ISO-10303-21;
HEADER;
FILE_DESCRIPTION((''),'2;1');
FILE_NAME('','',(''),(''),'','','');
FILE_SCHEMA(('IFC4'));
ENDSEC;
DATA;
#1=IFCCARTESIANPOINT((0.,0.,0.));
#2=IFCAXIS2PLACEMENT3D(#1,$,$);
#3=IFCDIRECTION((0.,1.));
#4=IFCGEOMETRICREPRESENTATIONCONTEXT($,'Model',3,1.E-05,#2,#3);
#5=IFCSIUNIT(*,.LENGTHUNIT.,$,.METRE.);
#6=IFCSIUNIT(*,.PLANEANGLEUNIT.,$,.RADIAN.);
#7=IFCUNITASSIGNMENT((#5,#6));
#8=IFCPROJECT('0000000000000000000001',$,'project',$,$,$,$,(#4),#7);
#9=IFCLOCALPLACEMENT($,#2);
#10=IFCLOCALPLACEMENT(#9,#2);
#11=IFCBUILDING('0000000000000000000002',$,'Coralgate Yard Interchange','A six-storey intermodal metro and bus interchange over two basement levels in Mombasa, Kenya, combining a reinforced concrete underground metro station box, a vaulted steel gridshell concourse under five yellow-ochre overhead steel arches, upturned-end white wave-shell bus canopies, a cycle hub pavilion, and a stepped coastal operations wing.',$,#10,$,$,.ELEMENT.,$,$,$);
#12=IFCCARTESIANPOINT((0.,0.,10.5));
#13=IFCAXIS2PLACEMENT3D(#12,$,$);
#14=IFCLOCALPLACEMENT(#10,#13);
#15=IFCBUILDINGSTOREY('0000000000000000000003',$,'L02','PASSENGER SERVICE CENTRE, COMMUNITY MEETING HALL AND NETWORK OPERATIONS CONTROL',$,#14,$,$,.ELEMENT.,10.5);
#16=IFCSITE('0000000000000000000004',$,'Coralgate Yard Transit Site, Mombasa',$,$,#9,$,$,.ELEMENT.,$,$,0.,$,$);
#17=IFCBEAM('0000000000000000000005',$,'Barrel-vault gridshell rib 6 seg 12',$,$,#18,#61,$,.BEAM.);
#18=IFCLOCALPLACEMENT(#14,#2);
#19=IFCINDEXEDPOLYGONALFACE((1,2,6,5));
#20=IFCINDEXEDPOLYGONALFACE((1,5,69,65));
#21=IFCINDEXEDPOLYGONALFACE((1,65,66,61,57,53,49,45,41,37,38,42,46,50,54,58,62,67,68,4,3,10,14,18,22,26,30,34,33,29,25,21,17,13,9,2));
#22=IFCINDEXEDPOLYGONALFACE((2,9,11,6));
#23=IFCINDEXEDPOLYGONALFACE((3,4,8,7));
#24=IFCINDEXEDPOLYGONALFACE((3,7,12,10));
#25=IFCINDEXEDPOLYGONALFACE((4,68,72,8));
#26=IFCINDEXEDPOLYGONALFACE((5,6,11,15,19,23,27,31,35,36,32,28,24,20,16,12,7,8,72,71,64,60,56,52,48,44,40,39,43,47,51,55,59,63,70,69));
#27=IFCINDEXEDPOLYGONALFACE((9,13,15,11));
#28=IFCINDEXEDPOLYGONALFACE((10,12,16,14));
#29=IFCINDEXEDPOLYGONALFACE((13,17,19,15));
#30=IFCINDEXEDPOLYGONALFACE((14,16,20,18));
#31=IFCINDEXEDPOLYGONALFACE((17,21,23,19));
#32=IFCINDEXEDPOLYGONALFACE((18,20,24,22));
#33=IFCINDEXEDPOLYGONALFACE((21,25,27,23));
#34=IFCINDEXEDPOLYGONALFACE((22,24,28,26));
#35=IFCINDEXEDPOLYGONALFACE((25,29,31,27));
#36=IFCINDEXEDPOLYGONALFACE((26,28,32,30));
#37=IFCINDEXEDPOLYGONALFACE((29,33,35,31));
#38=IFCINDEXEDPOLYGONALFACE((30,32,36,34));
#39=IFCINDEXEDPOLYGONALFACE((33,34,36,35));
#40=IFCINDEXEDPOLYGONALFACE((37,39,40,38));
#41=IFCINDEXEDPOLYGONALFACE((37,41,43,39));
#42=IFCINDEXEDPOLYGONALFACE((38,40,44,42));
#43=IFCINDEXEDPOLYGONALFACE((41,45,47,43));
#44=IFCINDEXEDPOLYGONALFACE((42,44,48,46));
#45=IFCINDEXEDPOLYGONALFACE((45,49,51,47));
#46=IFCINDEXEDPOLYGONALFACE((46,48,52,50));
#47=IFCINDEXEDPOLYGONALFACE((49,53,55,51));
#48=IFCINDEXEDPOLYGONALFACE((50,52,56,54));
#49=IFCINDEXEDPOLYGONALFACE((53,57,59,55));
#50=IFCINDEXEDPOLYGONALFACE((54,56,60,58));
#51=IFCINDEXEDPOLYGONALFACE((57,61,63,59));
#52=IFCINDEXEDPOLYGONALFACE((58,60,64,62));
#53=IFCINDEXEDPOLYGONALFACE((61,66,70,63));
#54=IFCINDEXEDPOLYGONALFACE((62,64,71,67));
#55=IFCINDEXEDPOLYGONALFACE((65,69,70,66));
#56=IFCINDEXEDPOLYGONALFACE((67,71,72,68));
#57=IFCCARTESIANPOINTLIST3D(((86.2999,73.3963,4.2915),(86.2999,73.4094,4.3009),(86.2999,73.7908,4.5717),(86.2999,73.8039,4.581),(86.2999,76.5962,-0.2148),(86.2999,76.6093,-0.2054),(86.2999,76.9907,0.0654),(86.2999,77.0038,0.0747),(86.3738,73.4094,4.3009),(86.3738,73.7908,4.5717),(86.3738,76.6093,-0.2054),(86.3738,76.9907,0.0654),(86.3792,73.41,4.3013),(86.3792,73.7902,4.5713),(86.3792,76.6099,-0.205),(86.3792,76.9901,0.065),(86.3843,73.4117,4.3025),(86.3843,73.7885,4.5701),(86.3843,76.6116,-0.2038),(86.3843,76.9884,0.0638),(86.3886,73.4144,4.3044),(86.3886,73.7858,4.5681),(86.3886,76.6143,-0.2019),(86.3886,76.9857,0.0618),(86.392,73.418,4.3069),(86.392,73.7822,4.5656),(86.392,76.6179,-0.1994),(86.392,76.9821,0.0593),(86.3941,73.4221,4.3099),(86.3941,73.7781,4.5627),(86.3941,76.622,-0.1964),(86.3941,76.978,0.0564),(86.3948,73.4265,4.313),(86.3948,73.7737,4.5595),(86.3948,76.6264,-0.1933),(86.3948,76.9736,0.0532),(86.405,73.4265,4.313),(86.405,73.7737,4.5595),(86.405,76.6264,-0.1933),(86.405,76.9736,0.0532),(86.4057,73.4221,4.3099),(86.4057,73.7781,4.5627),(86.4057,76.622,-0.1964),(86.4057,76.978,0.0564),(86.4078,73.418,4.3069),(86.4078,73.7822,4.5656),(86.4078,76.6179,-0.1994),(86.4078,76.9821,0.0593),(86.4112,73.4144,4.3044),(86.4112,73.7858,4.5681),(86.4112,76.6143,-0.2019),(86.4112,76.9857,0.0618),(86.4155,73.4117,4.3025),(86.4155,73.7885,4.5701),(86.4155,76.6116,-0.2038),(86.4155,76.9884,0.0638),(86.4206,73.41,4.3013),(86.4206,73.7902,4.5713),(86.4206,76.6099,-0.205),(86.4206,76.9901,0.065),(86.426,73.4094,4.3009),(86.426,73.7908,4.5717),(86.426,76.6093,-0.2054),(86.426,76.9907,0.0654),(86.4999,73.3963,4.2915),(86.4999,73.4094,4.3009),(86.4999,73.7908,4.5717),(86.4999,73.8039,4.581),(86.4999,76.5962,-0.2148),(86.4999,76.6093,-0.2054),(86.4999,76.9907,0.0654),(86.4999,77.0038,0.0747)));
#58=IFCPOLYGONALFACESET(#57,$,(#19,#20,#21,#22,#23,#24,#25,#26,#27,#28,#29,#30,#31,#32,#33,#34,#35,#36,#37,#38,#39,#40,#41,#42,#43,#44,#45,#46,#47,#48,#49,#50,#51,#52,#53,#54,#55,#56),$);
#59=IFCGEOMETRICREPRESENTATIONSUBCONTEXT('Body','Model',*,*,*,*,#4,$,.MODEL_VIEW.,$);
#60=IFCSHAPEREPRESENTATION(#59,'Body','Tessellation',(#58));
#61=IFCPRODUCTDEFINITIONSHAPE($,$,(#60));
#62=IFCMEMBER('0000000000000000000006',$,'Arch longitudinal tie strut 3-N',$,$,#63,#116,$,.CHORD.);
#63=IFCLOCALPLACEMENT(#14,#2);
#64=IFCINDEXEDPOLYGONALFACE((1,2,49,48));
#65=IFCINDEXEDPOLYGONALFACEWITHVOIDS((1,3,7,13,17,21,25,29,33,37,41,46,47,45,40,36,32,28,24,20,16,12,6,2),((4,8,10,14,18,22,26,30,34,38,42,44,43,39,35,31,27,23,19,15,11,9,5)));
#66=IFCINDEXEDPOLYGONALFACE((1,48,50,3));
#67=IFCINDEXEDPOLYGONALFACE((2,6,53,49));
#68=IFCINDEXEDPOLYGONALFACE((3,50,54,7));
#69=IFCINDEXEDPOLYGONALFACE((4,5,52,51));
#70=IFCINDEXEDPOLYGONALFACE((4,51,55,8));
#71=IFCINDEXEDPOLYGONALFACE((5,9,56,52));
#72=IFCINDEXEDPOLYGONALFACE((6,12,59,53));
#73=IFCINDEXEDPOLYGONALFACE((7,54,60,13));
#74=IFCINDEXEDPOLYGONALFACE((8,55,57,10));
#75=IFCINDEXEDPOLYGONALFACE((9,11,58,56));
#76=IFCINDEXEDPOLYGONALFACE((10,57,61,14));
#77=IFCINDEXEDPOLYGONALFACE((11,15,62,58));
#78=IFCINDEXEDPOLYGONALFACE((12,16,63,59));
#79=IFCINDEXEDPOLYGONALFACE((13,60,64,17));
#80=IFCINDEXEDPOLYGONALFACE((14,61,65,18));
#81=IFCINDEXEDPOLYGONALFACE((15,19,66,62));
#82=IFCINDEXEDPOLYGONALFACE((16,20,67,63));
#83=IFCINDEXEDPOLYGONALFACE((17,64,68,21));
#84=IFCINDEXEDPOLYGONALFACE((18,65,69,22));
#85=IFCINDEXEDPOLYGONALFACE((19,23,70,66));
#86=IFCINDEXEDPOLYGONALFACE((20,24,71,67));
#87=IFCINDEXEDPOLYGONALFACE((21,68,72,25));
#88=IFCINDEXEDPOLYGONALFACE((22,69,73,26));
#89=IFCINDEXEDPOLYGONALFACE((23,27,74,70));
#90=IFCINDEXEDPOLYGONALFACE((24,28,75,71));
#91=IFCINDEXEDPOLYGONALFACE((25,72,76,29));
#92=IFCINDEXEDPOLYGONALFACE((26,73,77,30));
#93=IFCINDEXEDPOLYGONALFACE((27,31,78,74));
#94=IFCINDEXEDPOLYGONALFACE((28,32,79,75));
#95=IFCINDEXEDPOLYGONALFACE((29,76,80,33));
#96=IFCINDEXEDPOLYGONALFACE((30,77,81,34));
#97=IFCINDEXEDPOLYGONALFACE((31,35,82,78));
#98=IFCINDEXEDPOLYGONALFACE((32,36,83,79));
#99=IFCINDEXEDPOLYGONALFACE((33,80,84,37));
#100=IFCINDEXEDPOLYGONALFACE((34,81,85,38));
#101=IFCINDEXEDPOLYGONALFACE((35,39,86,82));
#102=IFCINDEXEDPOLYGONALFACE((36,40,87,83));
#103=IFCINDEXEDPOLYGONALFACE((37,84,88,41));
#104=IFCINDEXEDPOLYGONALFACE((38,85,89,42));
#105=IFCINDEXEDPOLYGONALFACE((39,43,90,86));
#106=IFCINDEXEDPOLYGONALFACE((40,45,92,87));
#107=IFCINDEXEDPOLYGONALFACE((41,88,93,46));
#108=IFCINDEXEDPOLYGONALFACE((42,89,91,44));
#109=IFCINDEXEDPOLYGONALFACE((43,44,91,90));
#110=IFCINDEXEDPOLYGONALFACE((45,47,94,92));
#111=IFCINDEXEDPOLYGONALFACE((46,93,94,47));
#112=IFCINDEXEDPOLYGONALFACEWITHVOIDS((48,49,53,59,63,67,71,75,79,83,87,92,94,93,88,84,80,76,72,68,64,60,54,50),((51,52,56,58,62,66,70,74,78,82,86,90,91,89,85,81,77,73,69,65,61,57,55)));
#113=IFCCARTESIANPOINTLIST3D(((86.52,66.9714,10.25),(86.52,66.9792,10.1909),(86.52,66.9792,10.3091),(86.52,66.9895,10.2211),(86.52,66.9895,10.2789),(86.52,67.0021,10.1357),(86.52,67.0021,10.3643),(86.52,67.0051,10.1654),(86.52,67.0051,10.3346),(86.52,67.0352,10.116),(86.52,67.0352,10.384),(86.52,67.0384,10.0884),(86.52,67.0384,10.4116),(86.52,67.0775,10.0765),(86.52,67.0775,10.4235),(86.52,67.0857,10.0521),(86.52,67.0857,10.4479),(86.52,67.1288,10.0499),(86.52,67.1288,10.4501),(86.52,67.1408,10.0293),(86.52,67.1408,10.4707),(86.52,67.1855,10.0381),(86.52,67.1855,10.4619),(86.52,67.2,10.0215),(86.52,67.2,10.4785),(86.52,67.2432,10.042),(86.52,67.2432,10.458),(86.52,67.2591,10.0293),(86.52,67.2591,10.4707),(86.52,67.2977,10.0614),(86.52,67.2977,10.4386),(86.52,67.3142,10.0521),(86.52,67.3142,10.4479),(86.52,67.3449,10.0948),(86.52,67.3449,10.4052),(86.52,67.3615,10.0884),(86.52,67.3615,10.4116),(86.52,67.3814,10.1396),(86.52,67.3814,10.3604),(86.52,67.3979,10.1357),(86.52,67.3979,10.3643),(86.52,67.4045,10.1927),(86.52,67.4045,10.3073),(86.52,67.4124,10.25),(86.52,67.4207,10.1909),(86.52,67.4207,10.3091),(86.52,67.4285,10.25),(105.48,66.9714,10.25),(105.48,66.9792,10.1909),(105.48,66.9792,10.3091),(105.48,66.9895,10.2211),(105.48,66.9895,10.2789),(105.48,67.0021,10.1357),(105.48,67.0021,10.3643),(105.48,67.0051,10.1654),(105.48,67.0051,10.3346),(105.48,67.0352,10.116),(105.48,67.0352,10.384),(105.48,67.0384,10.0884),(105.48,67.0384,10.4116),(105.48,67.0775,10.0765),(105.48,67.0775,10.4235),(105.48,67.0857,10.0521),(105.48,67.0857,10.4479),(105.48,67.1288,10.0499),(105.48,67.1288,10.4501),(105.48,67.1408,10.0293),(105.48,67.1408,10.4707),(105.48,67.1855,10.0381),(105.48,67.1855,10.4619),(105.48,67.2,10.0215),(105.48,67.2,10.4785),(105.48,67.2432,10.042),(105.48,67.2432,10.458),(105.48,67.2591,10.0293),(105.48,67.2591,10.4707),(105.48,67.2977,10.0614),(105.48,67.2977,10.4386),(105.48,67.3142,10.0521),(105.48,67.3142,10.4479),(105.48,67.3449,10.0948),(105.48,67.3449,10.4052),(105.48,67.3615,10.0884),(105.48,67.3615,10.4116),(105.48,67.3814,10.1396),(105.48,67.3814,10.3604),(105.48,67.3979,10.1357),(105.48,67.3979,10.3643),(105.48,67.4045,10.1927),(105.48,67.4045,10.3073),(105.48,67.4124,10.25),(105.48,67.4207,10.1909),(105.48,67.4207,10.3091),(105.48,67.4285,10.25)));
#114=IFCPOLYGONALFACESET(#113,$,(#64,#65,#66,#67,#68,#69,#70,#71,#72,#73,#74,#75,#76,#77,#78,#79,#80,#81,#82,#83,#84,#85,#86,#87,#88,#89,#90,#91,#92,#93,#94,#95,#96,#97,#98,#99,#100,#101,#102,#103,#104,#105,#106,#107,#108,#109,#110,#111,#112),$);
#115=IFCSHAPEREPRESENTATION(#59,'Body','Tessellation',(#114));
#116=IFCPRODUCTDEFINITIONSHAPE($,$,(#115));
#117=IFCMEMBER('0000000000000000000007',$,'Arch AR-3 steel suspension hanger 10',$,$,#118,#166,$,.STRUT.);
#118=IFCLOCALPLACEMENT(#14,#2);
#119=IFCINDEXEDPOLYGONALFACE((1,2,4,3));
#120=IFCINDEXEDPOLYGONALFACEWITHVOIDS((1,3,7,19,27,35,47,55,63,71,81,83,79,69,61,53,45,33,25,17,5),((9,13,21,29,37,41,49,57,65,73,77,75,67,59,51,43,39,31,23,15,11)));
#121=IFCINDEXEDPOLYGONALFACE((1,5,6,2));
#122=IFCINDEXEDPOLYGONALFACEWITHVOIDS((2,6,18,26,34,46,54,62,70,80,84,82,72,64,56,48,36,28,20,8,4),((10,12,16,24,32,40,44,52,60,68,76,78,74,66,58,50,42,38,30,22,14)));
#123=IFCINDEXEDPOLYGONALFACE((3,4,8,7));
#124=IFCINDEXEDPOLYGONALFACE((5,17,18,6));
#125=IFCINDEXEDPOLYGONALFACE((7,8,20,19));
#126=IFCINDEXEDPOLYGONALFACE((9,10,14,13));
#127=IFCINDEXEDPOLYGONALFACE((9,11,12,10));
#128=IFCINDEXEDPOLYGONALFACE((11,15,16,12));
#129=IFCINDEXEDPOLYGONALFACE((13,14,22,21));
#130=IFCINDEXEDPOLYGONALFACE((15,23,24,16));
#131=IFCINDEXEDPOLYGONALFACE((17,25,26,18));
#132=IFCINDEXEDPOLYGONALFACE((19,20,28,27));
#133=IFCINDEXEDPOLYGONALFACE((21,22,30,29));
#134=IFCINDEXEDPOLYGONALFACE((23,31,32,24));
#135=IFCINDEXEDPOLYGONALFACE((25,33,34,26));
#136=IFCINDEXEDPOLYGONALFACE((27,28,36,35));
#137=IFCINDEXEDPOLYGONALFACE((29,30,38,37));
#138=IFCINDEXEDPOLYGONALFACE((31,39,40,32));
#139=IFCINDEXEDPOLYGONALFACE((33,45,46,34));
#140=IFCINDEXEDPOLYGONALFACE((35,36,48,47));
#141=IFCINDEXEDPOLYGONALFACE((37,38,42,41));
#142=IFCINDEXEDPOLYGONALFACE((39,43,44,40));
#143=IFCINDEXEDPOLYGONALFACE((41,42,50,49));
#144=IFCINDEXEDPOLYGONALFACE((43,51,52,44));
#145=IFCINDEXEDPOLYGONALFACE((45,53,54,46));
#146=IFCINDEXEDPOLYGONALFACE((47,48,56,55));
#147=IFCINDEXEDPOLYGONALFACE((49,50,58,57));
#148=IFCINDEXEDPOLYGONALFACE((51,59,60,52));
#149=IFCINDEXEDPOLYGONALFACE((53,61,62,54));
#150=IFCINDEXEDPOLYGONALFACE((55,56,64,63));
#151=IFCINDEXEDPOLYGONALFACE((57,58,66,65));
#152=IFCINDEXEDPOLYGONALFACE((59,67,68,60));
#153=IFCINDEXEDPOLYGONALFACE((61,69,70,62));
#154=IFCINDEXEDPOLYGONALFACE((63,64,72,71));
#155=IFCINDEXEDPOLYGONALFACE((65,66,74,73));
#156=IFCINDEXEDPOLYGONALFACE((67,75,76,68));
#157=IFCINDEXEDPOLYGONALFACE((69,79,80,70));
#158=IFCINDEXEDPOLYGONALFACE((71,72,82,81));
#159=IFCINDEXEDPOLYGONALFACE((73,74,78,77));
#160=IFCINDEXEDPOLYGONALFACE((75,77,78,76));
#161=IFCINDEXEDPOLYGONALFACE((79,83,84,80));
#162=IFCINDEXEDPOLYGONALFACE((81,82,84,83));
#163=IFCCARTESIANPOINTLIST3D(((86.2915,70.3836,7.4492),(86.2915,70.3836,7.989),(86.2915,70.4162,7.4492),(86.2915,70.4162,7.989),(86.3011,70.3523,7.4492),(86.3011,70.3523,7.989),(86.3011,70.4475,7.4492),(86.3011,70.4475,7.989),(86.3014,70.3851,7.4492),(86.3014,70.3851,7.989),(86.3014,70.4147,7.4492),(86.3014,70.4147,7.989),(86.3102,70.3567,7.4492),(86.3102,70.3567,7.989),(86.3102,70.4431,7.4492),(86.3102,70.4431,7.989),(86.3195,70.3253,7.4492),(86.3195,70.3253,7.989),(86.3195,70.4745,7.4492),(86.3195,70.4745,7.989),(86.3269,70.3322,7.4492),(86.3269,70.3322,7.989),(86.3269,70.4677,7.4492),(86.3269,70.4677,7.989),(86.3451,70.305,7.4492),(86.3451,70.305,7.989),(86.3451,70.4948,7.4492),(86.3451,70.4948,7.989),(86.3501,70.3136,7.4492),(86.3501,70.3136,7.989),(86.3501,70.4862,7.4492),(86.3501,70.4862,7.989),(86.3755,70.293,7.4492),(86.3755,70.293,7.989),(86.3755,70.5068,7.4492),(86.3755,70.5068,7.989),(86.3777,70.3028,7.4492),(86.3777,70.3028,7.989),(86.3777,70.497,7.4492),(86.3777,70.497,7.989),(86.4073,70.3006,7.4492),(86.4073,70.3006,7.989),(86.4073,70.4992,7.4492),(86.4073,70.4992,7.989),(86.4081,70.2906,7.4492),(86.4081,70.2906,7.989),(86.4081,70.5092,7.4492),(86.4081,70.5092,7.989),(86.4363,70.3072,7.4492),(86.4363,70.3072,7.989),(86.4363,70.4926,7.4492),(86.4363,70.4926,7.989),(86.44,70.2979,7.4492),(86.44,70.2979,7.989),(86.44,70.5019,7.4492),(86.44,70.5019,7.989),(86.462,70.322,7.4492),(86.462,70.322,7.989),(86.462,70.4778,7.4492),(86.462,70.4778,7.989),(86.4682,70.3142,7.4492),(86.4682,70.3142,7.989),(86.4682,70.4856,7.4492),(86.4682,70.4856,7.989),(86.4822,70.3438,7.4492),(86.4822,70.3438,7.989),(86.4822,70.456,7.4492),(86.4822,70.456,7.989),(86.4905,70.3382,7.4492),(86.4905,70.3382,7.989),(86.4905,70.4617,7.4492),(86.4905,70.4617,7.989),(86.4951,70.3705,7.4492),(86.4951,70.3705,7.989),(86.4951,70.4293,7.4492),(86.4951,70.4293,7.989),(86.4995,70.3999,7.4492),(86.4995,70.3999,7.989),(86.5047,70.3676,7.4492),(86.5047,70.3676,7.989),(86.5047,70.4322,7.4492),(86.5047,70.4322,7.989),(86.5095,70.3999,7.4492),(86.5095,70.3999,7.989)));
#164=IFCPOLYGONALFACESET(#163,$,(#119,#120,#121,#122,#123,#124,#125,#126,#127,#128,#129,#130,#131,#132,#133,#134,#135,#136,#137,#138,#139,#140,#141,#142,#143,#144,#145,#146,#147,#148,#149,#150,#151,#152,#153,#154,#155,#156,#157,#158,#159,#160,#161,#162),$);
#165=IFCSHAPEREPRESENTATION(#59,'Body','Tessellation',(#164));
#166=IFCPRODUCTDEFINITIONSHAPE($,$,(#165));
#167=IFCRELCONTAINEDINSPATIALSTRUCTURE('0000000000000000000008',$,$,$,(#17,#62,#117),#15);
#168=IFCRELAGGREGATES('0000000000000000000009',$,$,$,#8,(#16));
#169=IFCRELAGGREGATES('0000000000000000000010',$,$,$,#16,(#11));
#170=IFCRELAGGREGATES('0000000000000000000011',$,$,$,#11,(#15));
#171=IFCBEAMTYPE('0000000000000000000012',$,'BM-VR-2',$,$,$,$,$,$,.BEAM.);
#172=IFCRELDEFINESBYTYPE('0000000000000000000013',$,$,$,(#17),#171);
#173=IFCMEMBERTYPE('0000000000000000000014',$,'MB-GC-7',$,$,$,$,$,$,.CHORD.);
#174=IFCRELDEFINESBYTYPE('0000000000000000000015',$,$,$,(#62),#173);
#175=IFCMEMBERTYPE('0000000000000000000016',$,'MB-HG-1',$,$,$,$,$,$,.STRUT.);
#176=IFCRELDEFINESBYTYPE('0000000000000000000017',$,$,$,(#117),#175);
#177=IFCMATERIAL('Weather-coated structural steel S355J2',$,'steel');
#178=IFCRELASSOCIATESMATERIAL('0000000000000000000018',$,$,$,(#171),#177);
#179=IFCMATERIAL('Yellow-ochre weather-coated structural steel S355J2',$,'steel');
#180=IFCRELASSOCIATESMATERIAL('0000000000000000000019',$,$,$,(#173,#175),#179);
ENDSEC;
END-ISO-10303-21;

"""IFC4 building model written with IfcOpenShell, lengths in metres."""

from ifc_helpers import new_model, si_unit, direction, frame, origin, origin_2d, place, context, subcontext, project, spatial, hollow_circle, i_section, extrude, material, material_profile, profile_set, type_object, element, save


model = new_model("IFC4")

# Units and contexts
model_context = context("Model", 3, precision=1e-05, world=origin(), true_north=direction((0.0, 1.0)))
body_context = subcontext(model_context, "Body", "Model", "MODEL_VIEW")
ifc_project = project(units=[si_unit("LENGTHUNIT", "METRE"), si_unit("PLANEANGLEUNIT", "RADIAN")], contexts=[model_context])

# Site, building, storey
site_placement = place(None, origin())
site = spatial("IfcSite", under=ifc_project, at=site_placement, Name="Coralgate Yard Transit Site, Mombasa", CompositionType="ELEMENT", RefElevation=0.0)
building_placement = place(site_placement, origin())
building = spatial("IfcBuilding", under=site, at=building_placement, Name="Coralgate Yard Interchange", Description="A six-storey intermodal metro and bus interchange over two basement levels in Mombasa, Kenya, combining a reinforced concrete underground metro station box, a vaulted steel gridshell concourse under five yellow-ochre overhead steel arches, upturned-end white wave-shell bus canopies, a cycle hub pavilion, and a stepped coastal operations wing.", CompositionType="ELEMENT")
storey_placement = place(building_placement, frame((0.0, 0.0, 10.5)))
storey = spatial("IfcBuildingStorey", under=building, at=storey_placement, Name="L02", Description="PASSENGER SERVICE CENTRE, COMMUNITY MEETING HALL AND NETWORK OPERATIONS CONTROL", CompositionType="ELEMENT", Elevation=10.5)

# Beam
ifc_material_1 = material(Name="Yellow-ochre weather-coated structural steel S355J2", Category="steel")
ifc_material_2 = material(Name="Weather-coated structural steel S355J2", Category="steel")
ifc_material_profile_1 = material_profile(ifc_material_2, i_section(OverallWidth=0.2, OverallDepth=0.5, WebThickness=0.0103, FlangeThickness=0.0161, FilletRadius=0.021, at=origin_2d()), Name="IPE 500")
ifc_profile_set_1 = profile_set([ifc_material_profile_1], Name="Weather-coated structural steel S355J2")
beam_type_1 = type_object("IfcBeamType", Name="BM-VR-2", PredefinedType="BEAM", material=ifc_profile_set_1)
beam_1_placement = place(storey_placement, frame((86.3999, 73.6001, 4.4363), z_axis=(0.0, 0.578975, -0.815345), x_axis=(-1.0, 0.0, 0.0)))
element("IfcBeam", 1, at=beam_1_placement, inside=storey, type_object=beam_type_1, Name="Barrel-vault gridshell rib 6 seg 12", PredefinedType="BEAM", context=body_context, shape_type="SweptSolid", body=[
    extrude(i_section(OverallWidth=0.2, OverallDepth=0.5, WebThickness=0.0103, FlangeThickness=0.0161, FilletRadius=0.021, at=origin_2d()), origin(), (0.0, 0.0, 1.0), 5.5269),
])

# Members
ifc_material_profile_2 = material_profile(ifc_material_1, hollow_circle(Radius=0.2285, WallThickness=0.0161, at=origin_2d()), Name="CHS 457x16")
ifc_profile_set_2 = profile_set([ifc_material_profile_2], Name="Yellow-ochre weather-coated structural steel S355J2")
member_type_1 = type_object("IfcMemberType", Name="MB-GC-7", PredefinedType="CHORD", material=ifc_profile_set_2)
member_1_placement = place(storey_placement, frame((86.52, 67.2, 10.25), z_axis=(1.0, 0.0, 0.0), x_axis=(0.0, 1.0, 0.0)))
element("IfcMember", 2, at=member_1_placement, inside=storey, type_object=member_type_1, Name="Arch longitudinal tie strut 3-N", PredefinedType="CHORD", context=body_context, shape_type="SweptSolid", body=[
    extrude(hollow_circle(Radius=0.2285, WallThickness=0.0161, at=origin_2d()), origin(), (0.0, 0.0, 1.0), 18.96),
])
ifc_material_profile_3 = material_profile(ifc_material_1, hollow_circle(Radius=0.1096, WallThickness=0.01, at=origin_2d()), Name="CHS 219.1x10")
ifc_profile_set_3 = profile_set([ifc_material_profile_3], Name="Yellow-ochre weather-coated structural steel S355J2")
member_type_2 = type_object("IfcMemberType", Name="MB-HG-1", PredefinedType="STRUT", material=ifc_profile_set_3)
member_2_placement = place(storey_placement, frame((86.3999, 70.3999, 7.4492), z_axis=(0.0, 0.0, 1.0), x_axis=(1.0, 0.0, 0.0)))
element("IfcMember", 3, at=member_2_placement, inside=storey, type_object=member_type_2, Name="Arch AR-3 steel suspension hanger 10", PredefinedType="STRUT", context=body_context, shape_type="SweptSolid", body=[
    extrude(hollow_circle(Radius=0.1096, WallThickness=0.01, at=origin_2d()), origin(), (0.0, 0.0, 1.0), 0.5398),
])

save(model, "model.ifc")
